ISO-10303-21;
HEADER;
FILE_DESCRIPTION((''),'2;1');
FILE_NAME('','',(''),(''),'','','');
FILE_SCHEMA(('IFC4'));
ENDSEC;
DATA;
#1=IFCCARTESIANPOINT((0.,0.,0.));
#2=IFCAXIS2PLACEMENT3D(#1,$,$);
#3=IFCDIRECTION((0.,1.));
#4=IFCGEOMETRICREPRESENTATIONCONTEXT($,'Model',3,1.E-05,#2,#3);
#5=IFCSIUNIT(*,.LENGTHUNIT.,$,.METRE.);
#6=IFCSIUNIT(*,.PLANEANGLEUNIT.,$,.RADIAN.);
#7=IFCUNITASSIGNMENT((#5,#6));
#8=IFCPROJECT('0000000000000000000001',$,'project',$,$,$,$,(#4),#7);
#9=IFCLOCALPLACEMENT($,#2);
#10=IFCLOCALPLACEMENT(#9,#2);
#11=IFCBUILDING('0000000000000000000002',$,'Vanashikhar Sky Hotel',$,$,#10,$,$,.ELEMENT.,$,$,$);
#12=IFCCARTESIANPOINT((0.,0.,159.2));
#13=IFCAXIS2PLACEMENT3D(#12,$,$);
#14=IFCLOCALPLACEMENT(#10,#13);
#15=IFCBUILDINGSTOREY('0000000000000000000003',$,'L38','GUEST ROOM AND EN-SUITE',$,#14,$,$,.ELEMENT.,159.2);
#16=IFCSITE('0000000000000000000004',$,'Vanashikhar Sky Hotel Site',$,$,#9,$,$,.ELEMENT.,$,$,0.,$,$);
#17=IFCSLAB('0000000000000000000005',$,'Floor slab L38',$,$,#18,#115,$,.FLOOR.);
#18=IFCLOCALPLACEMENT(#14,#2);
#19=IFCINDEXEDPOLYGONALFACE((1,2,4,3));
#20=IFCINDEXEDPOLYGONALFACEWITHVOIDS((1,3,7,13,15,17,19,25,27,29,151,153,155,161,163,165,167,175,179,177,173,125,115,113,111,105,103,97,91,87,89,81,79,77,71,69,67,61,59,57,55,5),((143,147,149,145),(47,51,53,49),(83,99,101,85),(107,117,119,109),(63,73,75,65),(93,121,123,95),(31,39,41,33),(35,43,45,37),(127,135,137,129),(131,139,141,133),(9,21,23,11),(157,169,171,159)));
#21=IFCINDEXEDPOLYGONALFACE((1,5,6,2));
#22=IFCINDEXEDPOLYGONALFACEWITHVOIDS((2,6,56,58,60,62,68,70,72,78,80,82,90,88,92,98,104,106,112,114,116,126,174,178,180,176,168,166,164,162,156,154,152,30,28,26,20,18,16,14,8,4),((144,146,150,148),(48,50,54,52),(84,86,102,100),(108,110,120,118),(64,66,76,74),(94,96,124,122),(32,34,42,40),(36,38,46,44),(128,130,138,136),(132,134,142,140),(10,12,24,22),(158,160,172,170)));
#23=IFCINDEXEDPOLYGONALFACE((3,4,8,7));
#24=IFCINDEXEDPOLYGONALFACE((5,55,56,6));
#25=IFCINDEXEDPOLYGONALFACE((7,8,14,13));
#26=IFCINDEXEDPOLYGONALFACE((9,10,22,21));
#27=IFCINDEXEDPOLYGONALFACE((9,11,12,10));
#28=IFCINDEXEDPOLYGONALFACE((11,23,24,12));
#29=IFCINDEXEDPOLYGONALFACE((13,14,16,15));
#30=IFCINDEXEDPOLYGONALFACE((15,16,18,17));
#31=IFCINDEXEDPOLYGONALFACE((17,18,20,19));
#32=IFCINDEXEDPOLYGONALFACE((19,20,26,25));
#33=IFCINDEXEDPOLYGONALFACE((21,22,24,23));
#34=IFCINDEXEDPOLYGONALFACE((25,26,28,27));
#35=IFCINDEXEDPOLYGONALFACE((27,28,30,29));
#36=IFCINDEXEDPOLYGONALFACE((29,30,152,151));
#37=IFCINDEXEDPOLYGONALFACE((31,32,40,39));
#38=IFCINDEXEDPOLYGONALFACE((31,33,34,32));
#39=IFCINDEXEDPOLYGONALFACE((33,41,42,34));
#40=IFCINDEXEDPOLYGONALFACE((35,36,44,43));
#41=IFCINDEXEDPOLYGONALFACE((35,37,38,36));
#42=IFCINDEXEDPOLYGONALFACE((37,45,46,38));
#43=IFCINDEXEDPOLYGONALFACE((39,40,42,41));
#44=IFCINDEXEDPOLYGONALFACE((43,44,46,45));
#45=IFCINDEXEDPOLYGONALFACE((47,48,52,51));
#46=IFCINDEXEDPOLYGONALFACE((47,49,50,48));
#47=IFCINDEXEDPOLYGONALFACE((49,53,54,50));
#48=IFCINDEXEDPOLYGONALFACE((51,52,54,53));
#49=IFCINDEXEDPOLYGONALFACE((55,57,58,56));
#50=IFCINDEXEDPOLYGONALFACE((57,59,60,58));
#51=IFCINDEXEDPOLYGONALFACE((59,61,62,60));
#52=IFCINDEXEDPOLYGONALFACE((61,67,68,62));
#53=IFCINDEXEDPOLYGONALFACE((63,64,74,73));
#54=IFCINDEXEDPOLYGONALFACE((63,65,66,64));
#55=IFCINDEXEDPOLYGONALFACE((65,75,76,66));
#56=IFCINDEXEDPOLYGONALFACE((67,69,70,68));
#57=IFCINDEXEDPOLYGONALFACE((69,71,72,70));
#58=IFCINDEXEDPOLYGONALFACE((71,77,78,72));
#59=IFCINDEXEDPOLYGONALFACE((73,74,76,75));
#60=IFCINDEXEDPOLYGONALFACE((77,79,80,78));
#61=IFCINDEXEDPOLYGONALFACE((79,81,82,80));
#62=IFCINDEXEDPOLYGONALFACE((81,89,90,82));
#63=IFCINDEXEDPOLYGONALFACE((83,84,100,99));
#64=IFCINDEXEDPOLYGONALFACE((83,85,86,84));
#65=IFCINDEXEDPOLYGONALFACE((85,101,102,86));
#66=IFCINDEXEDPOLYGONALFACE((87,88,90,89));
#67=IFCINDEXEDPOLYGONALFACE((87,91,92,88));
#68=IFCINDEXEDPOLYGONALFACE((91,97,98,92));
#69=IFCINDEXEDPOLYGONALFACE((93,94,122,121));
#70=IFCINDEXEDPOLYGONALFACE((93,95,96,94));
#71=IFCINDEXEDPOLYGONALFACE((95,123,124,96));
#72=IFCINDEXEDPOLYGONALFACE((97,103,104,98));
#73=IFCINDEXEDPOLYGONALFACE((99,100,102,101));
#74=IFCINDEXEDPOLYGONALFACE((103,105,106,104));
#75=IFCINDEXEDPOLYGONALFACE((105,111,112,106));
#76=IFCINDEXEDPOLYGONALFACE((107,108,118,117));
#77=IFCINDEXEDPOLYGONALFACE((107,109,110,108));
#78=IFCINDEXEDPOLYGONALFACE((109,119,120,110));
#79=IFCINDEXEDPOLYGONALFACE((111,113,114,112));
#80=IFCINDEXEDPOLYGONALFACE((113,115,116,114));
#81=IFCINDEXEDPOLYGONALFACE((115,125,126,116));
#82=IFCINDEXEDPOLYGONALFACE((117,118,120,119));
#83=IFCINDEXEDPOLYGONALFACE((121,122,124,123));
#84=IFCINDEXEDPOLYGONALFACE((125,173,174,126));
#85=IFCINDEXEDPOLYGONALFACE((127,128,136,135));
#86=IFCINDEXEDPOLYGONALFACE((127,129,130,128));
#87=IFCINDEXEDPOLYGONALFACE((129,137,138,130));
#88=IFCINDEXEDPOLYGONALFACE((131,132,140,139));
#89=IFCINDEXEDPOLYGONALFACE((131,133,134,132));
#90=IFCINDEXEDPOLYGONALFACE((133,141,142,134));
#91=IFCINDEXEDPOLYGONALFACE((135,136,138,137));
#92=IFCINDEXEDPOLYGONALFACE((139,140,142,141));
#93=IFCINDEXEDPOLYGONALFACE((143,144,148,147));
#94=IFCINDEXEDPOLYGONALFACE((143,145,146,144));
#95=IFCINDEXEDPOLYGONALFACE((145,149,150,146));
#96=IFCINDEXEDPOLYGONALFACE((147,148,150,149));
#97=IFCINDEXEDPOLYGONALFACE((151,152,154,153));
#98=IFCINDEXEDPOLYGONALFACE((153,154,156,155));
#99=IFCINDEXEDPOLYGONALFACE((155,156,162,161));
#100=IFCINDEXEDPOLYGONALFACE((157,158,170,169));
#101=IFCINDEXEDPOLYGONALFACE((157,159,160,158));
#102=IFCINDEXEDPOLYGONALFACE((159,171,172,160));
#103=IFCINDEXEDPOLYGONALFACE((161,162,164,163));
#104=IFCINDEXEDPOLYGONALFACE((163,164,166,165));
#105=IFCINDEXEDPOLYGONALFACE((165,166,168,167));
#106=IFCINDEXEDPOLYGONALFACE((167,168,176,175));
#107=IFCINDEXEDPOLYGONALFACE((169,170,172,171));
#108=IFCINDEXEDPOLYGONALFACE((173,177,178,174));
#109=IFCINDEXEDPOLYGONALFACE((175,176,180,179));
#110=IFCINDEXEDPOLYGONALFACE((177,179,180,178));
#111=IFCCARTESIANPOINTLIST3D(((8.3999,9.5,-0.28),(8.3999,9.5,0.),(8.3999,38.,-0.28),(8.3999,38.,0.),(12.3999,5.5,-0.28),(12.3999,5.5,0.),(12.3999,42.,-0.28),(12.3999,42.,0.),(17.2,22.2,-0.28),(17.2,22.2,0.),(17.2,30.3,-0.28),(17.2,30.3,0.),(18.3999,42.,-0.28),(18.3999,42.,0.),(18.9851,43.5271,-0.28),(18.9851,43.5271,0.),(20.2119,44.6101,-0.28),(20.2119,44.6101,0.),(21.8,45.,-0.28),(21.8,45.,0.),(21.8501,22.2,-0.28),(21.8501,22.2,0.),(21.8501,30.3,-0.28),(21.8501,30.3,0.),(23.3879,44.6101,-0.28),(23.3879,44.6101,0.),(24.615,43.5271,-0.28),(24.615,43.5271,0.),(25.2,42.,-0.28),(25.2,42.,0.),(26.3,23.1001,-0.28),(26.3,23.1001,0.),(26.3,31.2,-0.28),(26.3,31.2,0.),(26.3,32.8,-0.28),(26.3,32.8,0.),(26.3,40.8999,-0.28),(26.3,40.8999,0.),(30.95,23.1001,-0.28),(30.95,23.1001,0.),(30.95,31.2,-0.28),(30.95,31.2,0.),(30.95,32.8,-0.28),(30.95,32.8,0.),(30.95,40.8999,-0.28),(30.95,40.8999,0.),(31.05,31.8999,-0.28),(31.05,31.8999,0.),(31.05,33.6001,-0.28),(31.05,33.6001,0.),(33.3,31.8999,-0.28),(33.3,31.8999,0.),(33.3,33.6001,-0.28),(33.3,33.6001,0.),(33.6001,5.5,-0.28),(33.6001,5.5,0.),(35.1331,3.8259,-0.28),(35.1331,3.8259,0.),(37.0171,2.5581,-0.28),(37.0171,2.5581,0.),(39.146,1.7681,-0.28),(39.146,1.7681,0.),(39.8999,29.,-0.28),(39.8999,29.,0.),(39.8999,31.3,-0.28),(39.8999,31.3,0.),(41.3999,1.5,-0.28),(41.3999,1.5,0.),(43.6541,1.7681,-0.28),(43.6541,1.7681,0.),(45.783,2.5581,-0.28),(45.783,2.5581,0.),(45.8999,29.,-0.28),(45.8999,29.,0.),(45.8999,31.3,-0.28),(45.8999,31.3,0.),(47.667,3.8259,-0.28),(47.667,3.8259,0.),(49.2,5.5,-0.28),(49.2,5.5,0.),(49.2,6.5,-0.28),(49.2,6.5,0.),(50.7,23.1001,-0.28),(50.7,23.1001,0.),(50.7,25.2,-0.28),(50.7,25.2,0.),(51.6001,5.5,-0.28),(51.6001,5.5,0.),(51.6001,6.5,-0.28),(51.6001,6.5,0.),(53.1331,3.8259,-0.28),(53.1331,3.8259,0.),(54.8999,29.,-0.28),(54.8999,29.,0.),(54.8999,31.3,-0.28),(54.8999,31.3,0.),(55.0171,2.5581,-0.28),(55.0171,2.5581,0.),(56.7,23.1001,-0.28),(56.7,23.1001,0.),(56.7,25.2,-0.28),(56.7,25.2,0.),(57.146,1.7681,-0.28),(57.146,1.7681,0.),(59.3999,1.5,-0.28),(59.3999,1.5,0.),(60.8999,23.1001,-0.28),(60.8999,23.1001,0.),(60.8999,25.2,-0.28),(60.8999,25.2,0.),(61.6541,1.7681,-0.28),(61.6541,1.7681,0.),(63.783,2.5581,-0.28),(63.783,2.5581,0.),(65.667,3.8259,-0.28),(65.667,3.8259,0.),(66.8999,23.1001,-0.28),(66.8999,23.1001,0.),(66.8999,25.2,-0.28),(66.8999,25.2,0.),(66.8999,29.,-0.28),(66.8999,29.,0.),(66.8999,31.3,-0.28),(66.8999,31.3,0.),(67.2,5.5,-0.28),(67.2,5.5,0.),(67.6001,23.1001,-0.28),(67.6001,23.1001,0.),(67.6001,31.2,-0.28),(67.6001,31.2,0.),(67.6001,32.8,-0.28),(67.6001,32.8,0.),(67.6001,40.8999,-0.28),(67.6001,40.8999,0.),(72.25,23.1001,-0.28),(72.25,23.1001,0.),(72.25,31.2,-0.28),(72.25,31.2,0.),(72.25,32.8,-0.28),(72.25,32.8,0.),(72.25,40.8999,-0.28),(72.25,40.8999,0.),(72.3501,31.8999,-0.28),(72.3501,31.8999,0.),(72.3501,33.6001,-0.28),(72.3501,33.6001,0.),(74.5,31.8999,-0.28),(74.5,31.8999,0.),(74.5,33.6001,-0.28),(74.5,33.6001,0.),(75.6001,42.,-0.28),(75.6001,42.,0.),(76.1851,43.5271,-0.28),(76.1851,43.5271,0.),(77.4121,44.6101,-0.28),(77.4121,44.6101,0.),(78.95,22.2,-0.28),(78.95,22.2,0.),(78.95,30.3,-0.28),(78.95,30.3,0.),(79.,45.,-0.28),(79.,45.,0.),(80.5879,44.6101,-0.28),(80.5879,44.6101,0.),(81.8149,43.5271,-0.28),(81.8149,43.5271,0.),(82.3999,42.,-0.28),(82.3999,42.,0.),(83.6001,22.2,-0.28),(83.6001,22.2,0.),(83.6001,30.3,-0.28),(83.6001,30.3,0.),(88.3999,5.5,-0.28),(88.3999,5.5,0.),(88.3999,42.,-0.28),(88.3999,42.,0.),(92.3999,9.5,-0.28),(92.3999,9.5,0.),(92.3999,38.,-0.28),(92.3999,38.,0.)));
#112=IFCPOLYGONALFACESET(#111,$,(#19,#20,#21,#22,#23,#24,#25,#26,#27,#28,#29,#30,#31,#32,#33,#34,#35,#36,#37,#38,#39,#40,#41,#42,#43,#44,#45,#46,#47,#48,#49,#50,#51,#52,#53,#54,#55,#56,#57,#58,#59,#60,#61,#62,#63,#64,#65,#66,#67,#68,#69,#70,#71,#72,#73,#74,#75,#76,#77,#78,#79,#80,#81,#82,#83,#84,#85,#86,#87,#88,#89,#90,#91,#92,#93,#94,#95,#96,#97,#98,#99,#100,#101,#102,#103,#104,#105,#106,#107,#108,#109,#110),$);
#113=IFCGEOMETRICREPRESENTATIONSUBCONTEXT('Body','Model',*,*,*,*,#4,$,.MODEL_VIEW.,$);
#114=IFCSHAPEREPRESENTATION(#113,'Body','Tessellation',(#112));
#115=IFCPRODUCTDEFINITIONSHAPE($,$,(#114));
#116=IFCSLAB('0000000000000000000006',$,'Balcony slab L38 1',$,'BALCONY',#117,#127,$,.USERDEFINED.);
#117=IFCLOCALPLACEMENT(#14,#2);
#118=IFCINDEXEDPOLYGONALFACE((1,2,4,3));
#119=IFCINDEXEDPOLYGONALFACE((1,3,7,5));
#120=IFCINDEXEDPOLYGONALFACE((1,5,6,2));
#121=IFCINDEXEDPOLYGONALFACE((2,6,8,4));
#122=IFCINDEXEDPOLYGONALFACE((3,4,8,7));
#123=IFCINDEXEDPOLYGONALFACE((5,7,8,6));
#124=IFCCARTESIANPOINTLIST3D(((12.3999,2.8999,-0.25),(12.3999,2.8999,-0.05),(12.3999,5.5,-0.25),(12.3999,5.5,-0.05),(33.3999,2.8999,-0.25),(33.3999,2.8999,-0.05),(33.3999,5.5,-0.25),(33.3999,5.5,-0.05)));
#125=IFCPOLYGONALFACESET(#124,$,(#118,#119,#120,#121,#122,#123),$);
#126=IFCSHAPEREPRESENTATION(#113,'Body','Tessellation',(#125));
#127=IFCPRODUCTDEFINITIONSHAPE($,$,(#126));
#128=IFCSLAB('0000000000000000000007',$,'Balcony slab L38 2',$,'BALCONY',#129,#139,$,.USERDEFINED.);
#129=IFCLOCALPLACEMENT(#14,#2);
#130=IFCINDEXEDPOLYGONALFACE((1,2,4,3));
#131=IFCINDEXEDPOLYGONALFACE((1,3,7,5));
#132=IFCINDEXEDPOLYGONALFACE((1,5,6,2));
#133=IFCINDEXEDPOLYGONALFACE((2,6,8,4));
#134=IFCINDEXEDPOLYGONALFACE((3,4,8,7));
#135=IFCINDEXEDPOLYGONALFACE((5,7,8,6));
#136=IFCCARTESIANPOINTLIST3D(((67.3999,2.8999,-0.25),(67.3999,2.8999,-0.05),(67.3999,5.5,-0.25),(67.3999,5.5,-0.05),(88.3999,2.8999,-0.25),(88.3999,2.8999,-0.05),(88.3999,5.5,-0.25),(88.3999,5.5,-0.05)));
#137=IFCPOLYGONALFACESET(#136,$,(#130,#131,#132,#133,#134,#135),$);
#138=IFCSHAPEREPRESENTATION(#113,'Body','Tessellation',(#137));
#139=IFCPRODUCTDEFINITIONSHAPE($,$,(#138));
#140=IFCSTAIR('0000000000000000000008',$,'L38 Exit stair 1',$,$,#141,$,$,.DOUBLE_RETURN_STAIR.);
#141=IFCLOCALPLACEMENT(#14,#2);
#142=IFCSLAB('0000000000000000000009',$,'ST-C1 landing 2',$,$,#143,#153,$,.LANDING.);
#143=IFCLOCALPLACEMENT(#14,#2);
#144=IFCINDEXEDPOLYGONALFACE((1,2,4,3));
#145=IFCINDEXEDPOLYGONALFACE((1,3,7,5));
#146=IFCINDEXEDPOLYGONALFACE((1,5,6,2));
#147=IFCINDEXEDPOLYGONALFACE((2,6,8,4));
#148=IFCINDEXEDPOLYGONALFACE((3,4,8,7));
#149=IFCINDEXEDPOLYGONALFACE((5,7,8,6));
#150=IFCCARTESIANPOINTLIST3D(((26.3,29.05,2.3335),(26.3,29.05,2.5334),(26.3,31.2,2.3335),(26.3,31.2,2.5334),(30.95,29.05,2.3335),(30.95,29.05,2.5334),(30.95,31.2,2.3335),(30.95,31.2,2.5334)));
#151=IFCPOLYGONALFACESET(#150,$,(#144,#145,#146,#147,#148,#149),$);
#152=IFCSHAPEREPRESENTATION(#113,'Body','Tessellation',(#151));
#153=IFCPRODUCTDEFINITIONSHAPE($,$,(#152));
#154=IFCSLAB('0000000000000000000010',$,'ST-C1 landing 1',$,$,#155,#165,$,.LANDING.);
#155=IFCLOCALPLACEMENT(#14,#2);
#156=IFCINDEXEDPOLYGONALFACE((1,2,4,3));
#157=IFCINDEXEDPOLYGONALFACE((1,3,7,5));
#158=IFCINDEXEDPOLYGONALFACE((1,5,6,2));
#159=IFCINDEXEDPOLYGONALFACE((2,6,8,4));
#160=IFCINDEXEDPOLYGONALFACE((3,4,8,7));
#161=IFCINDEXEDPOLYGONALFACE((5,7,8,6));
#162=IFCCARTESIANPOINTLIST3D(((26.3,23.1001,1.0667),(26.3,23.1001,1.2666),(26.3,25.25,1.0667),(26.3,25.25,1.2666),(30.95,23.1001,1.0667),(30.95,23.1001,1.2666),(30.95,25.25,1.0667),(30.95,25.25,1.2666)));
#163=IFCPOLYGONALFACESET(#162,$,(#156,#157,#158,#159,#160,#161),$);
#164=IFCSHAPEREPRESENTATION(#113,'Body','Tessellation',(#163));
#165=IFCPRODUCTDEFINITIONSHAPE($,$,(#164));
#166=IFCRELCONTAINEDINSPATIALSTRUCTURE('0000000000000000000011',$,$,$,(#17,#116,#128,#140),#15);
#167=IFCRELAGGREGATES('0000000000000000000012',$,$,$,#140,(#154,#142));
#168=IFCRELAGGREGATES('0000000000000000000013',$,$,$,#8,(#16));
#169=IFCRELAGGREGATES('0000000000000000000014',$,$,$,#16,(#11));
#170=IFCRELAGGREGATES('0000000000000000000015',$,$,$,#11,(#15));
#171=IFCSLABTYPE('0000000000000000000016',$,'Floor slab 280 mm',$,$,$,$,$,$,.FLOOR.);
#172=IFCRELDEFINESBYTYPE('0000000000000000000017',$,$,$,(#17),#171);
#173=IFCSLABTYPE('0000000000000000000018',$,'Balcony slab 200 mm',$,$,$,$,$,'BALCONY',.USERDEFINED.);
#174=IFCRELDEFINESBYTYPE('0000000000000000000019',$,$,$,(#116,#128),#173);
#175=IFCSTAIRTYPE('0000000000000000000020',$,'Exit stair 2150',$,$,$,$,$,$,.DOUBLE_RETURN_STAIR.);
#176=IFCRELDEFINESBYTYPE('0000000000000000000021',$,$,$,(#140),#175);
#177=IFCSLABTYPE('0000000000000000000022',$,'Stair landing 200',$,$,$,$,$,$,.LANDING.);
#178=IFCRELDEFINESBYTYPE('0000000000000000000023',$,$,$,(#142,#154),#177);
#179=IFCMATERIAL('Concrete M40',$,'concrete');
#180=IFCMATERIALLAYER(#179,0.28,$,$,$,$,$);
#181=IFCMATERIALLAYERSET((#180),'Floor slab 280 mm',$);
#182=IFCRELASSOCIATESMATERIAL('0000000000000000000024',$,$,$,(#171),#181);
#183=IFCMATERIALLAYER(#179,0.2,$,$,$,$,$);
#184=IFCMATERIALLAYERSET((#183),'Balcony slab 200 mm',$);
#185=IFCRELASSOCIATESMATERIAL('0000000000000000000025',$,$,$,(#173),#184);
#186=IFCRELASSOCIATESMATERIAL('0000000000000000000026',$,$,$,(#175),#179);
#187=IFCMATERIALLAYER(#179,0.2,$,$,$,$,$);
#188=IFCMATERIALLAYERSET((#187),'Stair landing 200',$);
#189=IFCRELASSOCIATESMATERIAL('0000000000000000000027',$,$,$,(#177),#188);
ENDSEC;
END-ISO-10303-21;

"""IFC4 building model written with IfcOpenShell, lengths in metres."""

from ifc_helpers import new_model, si_unit, direction, frame, origin, place, context, subcontext, project, spatial, polyline, outline, extrude, source, transform, mapped, material, layer, layer_set, type_object, element, aggregate, save


model = new_model("IFC4")

# Units and contexts
model_context = context("Model", 3, precision=1e-05, world=origin(), true_north=direction((0.0, 1.0)))
body_context = subcontext(model_context, "Body", "Model", "MODEL_VIEW")
ifc_project = project(units=[si_unit("LENGTHUNIT", "METRE"), si_unit("PLANEANGLEUNIT", "RADIAN")], contexts=[model_context])

# Site, building, storey
site_placement = place(None, origin())
site = spatial("IfcSite", under=ifc_project, at=site_placement, Name="Vanashikhar Sky Hotel Site", CompositionType="ELEMENT", RefElevation=0.0)
building_placement = place(site_placement, origin())
building = spatial("IfcBuilding", under=site, at=building_placement, Name="Vanashikhar Sky Hotel", CompositionType="ELEMENT")
storey_placement = place(building_placement, frame((0.0, 0.0, 159.2)))
storey = spatial("IfcBuildingStorey", under=building, at=storey_placement, Name="L38", Description="GUEST ROOM AND EN-SUITE", CompositionType="ELEMENT", Elevation=159.2)

# Slabs
ifc_material = material(Name="Concrete M40", Category="concrete")
ifc_layer_1 = layer(ifc_material, 0.28)
ifc_layer_set_1 = layer_set([ifc_layer_1], Name="Floor slab 280 mm")
slab_type_1 = type_object("IfcSlabType", Name="Floor slab 280 mm", PredefinedType="FLOOR", material=ifc_layer_set_1)
shared_shape_1 = source(origin(), body_context, "Body", "SweptSolid", [
    extrude(outline(polyline([(49.2, 5.5), (49.2, 6.5), (51.6001, 6.5), (51.6001, 5.5), (53.1331, 3.8259), (55.0171, 2.5581), (57.146, 1.7681), (59.3999, 1.5), (61.6541, 1.7681), (63.783, 2.5581), (65.667, 3.8259), (67.2, 5.5), (88.3999, 5.5), (92.3999, 9.5), (92.3999, 38.0), (88.3999, 42.0), (82.3999, 42.0), (81.8149, 43.5271), (80.5879, 44.6101), (79.0, 45.0), (77.4121, 44.6101), (76.1851, 43.5271), (75.6001, 42.0), (25.2, 42.0), (24.615, 43.5271), (23.3879, 44.6101), (21.8, 45.0), (20.2119, 44.6101), (18.9851, 43.5271), (18.3999, 42.0), (12.3999, 42.0), (8.3999, 38.0), (8.3999, 9.5), (12.3999, 5.5), (33.6001, 5.5), (35.1331, 3.8259), (37.0171, 2.5581), (39.146, 1.7681), (41.3999, 1.5), (43.6541, 1.7681), (45.783, 2.5581), (47.667, 3.8259), (49.2, 5.5)]), holes=[polyline([(33.3, 33.6001), (31.05, 33.6001), (31.05, 31.8999), (33.3, 31.8999), (33.3, 33.6001)]), polyline([(39.8999, 31.3), (39.8999, 29.0), (45.8999, 29.0), (45.8999, 31.3), (39.8999, 31.3)]), polyline([(50.7, 25.2), (50.7, 23.1001), (56.7, 23.1001), (56.7, 25.2), (50.7, 25.2)]), polyline([(66.8999, 29.0), (66.8999, 31.3), (54.8999, 31.3), (54.8999, 29.0), (66.8999, 29.0)]), polyline([(60.8999, 25.2), (60.8999, 23.1001), (66.8999, 23.1001), (66.8999, 25.2), (60.8999, 25.2)]), polyline([(74.5, 33.6001), (72.3501, 33.6001), (72.3501, 31.8999), (74.5, 31.8999), (74.5, 33.6001)]), polyline([(30.95, 23.1001), (30.95, 31.2), (26.3, 31.2), (26.3, 23.1001), (30.95, 23.1001)]), polyline([(72.25, 23.1001), (72.25, 31.2), (67.6001, 31.2), (67.6001, 23.1001), (72.25, 23.1001)]), polyline([(30.95, 32.8), (30.95, 40.8999), (26.3, 40.8999), (26.3, 32.8), (30.95, 32.8)]), polyline([(72.25, 32.8), (72.25, 40.8999), (67.6001, 40.8999), (67.6001, 32.8), (72.25, 32.8)]), polyline([(83.6001, 22.2), (83.6001, 30.3), (78.95, 30.3), (78.95, 22.2), (83.6001, 22.2)]), polyline([(21.8501, 22.2), (21.8501, 30.3), (17.2, 30.3), (17.2, 22.2), (21.8501, 22.2)])]), origin(), (0.0, 0.0, 1.0), 0.28),
])
slab_1_placement = place(storey_placement, frame((0.0, 0.0, -0.28)))
element("IfcSlab", 1, at=slab_1_placement, inside=storey, type_object=slab_type_1, Name="Floor slab L38", PredefinedType="FLOOR", context=body_context, shape_type="MappedRepresentation", body=[
    mapped(shared_shape_1, transform((0.0, 0.0, 0.0), scale=1.0)),
])
ifc_layer_2 = layer(ifc_material, 0.2)
ifc_layer_set_2 = layer_set([ifc_layer_2], Name="Balcony slab 200 mm")
slab_type_2 = type_object("IfcSlabType", Name="Balcony slab 200 mm", ElementType="BALCONY", PredefinedType="USERDEFINED", material=ifc_layer_set_2)
shared_shape_2 = source(origin(), body_context, "Body", "SweptSolid", [
    extrude(outline(polyline([(12.3999, 2.8999), (33.3999, 2.8999), (33.3999, 5.5), (12.3999, 5.5), (12.3999, 2.8999)])), origin(), (0.0, 0.0, 1.0), 0.2),
])
slab_2_placement = place(storey_placement, frame((0.0, 0.0, -0.25)))
element("IfcSlab", 2, at=slab_2_placement, inside=storey, type_object=slab_type_2, Name="Balcony slab L38 1", ObjectType="BALCONY", PredefinedType="USERDEFINED", context=body_context, shape_type="MappedRepresentation", body=[
    mapped(shared_shape_2, transform((0.0, 0.0, 0.0), scale=1.0)),
])
shared_shape_3 = source(origin(), body_context, "Body", "SweptSolid", [
    extrude(outline(polyline([(67.3999, 2.8999), (88.3999, 2.8999), (88.3999, 5.5), (67.3999, 5.5), (67.3999, 2.8999)])), origin(), (0.0, 0.0, 1.0), 0.2),
])
slab_3_placement = place(storey_placement, frame((0.0, 0.0, -0.25)))
element("IfcSlab", 3, at=slab_3_placement, inside=storey, type_object=slab_type_2, Name="Balcony slab L38 2", ObjectType="BALCONY", PredefinedType="USERDEFINED", context=body_context, shape_type="MappedRepresentation", body=[
    mapped(shared_shape_3, transform((0.0, 0.0, 0.0), scale=1.0)),
])

# Stair, slabs
stair_type = type_object("IfcStairType", Name="Exit stair 2150", PredefinedType="DOUBLE_RETURN_STAIR", material=ifc_material)
stair_1_placement = place(storey_placement, origin())
stair_1 = element("IfcStair", 4, at=stair_1_placement, inside=storey, type_object=stair_type, Name="L38 Exit stair 1", PredefinedType="DOUBLE_RETURN_STAIR")
ifc_layer_3 = layer(ifc_material, 0.2)
ifc_layer_set_3 = layer_set([ifc_layer_3], Name="Stair landing 200")
slab_type_3 = type_object("IfcSlabType", Name="Stair landing 200", PredefinedType="LANDING", material=ifc_layer_set_3)
shared_shape_4 = source(origin(), body_context, "Body", "SweptSolid", [
    extrude(outline(polyline([(30.95, 29.05), (30.95, 31.2), (26.3, 31.2), (26.3, 29.05), (30.95, 29.05)])), origin(), (0.0, 0.0, 1.0), 0.2),
])
slab_4_placement = place(storey_placement, frame((0.0, 0.0, 2.3335)))
slab_4 = element("IfcSlab", 5, at=slab_4_placement, type_object=slab_type_3, Name="ST-C1 landing 2", PredefinedType="LANDING", context=body_context, shape_type="MappedRepresentation", body=[
    mapped(shared_shape_4, transform((0.0, 0.0, 0.0), scale=1.0)),
])
shared_shape_5 = source(origin(), body_context, "Body", "SweptSolid", [
    extrude(outline(polyline([(30.95, 23.1001), (30.95, 25.25), (26.3, 25.25), (26.3, 23.1001), (30.95, 23.1001)])), origin(), (0.0, 0.0, 1.0), 0.2),
])
slab_5_placement = place(storey_placement, frame((0.0, 0.0, 1.0667)))
slab_5 = element("IfcSlab", 6, at=slab_5_placement, type_object=slab_type_3, Name="ST-C1 landing 1", PredefinedType="LANDING", context=body_context, shape_type="MappedRepresentation", body=[
    mapped(shared_shape_5, transform((0.0, 0.0, 0.0), scale=1.0)),
])
aggregate(stair_1, [slab_5, slab_4])

save(model, "model.ifc")
